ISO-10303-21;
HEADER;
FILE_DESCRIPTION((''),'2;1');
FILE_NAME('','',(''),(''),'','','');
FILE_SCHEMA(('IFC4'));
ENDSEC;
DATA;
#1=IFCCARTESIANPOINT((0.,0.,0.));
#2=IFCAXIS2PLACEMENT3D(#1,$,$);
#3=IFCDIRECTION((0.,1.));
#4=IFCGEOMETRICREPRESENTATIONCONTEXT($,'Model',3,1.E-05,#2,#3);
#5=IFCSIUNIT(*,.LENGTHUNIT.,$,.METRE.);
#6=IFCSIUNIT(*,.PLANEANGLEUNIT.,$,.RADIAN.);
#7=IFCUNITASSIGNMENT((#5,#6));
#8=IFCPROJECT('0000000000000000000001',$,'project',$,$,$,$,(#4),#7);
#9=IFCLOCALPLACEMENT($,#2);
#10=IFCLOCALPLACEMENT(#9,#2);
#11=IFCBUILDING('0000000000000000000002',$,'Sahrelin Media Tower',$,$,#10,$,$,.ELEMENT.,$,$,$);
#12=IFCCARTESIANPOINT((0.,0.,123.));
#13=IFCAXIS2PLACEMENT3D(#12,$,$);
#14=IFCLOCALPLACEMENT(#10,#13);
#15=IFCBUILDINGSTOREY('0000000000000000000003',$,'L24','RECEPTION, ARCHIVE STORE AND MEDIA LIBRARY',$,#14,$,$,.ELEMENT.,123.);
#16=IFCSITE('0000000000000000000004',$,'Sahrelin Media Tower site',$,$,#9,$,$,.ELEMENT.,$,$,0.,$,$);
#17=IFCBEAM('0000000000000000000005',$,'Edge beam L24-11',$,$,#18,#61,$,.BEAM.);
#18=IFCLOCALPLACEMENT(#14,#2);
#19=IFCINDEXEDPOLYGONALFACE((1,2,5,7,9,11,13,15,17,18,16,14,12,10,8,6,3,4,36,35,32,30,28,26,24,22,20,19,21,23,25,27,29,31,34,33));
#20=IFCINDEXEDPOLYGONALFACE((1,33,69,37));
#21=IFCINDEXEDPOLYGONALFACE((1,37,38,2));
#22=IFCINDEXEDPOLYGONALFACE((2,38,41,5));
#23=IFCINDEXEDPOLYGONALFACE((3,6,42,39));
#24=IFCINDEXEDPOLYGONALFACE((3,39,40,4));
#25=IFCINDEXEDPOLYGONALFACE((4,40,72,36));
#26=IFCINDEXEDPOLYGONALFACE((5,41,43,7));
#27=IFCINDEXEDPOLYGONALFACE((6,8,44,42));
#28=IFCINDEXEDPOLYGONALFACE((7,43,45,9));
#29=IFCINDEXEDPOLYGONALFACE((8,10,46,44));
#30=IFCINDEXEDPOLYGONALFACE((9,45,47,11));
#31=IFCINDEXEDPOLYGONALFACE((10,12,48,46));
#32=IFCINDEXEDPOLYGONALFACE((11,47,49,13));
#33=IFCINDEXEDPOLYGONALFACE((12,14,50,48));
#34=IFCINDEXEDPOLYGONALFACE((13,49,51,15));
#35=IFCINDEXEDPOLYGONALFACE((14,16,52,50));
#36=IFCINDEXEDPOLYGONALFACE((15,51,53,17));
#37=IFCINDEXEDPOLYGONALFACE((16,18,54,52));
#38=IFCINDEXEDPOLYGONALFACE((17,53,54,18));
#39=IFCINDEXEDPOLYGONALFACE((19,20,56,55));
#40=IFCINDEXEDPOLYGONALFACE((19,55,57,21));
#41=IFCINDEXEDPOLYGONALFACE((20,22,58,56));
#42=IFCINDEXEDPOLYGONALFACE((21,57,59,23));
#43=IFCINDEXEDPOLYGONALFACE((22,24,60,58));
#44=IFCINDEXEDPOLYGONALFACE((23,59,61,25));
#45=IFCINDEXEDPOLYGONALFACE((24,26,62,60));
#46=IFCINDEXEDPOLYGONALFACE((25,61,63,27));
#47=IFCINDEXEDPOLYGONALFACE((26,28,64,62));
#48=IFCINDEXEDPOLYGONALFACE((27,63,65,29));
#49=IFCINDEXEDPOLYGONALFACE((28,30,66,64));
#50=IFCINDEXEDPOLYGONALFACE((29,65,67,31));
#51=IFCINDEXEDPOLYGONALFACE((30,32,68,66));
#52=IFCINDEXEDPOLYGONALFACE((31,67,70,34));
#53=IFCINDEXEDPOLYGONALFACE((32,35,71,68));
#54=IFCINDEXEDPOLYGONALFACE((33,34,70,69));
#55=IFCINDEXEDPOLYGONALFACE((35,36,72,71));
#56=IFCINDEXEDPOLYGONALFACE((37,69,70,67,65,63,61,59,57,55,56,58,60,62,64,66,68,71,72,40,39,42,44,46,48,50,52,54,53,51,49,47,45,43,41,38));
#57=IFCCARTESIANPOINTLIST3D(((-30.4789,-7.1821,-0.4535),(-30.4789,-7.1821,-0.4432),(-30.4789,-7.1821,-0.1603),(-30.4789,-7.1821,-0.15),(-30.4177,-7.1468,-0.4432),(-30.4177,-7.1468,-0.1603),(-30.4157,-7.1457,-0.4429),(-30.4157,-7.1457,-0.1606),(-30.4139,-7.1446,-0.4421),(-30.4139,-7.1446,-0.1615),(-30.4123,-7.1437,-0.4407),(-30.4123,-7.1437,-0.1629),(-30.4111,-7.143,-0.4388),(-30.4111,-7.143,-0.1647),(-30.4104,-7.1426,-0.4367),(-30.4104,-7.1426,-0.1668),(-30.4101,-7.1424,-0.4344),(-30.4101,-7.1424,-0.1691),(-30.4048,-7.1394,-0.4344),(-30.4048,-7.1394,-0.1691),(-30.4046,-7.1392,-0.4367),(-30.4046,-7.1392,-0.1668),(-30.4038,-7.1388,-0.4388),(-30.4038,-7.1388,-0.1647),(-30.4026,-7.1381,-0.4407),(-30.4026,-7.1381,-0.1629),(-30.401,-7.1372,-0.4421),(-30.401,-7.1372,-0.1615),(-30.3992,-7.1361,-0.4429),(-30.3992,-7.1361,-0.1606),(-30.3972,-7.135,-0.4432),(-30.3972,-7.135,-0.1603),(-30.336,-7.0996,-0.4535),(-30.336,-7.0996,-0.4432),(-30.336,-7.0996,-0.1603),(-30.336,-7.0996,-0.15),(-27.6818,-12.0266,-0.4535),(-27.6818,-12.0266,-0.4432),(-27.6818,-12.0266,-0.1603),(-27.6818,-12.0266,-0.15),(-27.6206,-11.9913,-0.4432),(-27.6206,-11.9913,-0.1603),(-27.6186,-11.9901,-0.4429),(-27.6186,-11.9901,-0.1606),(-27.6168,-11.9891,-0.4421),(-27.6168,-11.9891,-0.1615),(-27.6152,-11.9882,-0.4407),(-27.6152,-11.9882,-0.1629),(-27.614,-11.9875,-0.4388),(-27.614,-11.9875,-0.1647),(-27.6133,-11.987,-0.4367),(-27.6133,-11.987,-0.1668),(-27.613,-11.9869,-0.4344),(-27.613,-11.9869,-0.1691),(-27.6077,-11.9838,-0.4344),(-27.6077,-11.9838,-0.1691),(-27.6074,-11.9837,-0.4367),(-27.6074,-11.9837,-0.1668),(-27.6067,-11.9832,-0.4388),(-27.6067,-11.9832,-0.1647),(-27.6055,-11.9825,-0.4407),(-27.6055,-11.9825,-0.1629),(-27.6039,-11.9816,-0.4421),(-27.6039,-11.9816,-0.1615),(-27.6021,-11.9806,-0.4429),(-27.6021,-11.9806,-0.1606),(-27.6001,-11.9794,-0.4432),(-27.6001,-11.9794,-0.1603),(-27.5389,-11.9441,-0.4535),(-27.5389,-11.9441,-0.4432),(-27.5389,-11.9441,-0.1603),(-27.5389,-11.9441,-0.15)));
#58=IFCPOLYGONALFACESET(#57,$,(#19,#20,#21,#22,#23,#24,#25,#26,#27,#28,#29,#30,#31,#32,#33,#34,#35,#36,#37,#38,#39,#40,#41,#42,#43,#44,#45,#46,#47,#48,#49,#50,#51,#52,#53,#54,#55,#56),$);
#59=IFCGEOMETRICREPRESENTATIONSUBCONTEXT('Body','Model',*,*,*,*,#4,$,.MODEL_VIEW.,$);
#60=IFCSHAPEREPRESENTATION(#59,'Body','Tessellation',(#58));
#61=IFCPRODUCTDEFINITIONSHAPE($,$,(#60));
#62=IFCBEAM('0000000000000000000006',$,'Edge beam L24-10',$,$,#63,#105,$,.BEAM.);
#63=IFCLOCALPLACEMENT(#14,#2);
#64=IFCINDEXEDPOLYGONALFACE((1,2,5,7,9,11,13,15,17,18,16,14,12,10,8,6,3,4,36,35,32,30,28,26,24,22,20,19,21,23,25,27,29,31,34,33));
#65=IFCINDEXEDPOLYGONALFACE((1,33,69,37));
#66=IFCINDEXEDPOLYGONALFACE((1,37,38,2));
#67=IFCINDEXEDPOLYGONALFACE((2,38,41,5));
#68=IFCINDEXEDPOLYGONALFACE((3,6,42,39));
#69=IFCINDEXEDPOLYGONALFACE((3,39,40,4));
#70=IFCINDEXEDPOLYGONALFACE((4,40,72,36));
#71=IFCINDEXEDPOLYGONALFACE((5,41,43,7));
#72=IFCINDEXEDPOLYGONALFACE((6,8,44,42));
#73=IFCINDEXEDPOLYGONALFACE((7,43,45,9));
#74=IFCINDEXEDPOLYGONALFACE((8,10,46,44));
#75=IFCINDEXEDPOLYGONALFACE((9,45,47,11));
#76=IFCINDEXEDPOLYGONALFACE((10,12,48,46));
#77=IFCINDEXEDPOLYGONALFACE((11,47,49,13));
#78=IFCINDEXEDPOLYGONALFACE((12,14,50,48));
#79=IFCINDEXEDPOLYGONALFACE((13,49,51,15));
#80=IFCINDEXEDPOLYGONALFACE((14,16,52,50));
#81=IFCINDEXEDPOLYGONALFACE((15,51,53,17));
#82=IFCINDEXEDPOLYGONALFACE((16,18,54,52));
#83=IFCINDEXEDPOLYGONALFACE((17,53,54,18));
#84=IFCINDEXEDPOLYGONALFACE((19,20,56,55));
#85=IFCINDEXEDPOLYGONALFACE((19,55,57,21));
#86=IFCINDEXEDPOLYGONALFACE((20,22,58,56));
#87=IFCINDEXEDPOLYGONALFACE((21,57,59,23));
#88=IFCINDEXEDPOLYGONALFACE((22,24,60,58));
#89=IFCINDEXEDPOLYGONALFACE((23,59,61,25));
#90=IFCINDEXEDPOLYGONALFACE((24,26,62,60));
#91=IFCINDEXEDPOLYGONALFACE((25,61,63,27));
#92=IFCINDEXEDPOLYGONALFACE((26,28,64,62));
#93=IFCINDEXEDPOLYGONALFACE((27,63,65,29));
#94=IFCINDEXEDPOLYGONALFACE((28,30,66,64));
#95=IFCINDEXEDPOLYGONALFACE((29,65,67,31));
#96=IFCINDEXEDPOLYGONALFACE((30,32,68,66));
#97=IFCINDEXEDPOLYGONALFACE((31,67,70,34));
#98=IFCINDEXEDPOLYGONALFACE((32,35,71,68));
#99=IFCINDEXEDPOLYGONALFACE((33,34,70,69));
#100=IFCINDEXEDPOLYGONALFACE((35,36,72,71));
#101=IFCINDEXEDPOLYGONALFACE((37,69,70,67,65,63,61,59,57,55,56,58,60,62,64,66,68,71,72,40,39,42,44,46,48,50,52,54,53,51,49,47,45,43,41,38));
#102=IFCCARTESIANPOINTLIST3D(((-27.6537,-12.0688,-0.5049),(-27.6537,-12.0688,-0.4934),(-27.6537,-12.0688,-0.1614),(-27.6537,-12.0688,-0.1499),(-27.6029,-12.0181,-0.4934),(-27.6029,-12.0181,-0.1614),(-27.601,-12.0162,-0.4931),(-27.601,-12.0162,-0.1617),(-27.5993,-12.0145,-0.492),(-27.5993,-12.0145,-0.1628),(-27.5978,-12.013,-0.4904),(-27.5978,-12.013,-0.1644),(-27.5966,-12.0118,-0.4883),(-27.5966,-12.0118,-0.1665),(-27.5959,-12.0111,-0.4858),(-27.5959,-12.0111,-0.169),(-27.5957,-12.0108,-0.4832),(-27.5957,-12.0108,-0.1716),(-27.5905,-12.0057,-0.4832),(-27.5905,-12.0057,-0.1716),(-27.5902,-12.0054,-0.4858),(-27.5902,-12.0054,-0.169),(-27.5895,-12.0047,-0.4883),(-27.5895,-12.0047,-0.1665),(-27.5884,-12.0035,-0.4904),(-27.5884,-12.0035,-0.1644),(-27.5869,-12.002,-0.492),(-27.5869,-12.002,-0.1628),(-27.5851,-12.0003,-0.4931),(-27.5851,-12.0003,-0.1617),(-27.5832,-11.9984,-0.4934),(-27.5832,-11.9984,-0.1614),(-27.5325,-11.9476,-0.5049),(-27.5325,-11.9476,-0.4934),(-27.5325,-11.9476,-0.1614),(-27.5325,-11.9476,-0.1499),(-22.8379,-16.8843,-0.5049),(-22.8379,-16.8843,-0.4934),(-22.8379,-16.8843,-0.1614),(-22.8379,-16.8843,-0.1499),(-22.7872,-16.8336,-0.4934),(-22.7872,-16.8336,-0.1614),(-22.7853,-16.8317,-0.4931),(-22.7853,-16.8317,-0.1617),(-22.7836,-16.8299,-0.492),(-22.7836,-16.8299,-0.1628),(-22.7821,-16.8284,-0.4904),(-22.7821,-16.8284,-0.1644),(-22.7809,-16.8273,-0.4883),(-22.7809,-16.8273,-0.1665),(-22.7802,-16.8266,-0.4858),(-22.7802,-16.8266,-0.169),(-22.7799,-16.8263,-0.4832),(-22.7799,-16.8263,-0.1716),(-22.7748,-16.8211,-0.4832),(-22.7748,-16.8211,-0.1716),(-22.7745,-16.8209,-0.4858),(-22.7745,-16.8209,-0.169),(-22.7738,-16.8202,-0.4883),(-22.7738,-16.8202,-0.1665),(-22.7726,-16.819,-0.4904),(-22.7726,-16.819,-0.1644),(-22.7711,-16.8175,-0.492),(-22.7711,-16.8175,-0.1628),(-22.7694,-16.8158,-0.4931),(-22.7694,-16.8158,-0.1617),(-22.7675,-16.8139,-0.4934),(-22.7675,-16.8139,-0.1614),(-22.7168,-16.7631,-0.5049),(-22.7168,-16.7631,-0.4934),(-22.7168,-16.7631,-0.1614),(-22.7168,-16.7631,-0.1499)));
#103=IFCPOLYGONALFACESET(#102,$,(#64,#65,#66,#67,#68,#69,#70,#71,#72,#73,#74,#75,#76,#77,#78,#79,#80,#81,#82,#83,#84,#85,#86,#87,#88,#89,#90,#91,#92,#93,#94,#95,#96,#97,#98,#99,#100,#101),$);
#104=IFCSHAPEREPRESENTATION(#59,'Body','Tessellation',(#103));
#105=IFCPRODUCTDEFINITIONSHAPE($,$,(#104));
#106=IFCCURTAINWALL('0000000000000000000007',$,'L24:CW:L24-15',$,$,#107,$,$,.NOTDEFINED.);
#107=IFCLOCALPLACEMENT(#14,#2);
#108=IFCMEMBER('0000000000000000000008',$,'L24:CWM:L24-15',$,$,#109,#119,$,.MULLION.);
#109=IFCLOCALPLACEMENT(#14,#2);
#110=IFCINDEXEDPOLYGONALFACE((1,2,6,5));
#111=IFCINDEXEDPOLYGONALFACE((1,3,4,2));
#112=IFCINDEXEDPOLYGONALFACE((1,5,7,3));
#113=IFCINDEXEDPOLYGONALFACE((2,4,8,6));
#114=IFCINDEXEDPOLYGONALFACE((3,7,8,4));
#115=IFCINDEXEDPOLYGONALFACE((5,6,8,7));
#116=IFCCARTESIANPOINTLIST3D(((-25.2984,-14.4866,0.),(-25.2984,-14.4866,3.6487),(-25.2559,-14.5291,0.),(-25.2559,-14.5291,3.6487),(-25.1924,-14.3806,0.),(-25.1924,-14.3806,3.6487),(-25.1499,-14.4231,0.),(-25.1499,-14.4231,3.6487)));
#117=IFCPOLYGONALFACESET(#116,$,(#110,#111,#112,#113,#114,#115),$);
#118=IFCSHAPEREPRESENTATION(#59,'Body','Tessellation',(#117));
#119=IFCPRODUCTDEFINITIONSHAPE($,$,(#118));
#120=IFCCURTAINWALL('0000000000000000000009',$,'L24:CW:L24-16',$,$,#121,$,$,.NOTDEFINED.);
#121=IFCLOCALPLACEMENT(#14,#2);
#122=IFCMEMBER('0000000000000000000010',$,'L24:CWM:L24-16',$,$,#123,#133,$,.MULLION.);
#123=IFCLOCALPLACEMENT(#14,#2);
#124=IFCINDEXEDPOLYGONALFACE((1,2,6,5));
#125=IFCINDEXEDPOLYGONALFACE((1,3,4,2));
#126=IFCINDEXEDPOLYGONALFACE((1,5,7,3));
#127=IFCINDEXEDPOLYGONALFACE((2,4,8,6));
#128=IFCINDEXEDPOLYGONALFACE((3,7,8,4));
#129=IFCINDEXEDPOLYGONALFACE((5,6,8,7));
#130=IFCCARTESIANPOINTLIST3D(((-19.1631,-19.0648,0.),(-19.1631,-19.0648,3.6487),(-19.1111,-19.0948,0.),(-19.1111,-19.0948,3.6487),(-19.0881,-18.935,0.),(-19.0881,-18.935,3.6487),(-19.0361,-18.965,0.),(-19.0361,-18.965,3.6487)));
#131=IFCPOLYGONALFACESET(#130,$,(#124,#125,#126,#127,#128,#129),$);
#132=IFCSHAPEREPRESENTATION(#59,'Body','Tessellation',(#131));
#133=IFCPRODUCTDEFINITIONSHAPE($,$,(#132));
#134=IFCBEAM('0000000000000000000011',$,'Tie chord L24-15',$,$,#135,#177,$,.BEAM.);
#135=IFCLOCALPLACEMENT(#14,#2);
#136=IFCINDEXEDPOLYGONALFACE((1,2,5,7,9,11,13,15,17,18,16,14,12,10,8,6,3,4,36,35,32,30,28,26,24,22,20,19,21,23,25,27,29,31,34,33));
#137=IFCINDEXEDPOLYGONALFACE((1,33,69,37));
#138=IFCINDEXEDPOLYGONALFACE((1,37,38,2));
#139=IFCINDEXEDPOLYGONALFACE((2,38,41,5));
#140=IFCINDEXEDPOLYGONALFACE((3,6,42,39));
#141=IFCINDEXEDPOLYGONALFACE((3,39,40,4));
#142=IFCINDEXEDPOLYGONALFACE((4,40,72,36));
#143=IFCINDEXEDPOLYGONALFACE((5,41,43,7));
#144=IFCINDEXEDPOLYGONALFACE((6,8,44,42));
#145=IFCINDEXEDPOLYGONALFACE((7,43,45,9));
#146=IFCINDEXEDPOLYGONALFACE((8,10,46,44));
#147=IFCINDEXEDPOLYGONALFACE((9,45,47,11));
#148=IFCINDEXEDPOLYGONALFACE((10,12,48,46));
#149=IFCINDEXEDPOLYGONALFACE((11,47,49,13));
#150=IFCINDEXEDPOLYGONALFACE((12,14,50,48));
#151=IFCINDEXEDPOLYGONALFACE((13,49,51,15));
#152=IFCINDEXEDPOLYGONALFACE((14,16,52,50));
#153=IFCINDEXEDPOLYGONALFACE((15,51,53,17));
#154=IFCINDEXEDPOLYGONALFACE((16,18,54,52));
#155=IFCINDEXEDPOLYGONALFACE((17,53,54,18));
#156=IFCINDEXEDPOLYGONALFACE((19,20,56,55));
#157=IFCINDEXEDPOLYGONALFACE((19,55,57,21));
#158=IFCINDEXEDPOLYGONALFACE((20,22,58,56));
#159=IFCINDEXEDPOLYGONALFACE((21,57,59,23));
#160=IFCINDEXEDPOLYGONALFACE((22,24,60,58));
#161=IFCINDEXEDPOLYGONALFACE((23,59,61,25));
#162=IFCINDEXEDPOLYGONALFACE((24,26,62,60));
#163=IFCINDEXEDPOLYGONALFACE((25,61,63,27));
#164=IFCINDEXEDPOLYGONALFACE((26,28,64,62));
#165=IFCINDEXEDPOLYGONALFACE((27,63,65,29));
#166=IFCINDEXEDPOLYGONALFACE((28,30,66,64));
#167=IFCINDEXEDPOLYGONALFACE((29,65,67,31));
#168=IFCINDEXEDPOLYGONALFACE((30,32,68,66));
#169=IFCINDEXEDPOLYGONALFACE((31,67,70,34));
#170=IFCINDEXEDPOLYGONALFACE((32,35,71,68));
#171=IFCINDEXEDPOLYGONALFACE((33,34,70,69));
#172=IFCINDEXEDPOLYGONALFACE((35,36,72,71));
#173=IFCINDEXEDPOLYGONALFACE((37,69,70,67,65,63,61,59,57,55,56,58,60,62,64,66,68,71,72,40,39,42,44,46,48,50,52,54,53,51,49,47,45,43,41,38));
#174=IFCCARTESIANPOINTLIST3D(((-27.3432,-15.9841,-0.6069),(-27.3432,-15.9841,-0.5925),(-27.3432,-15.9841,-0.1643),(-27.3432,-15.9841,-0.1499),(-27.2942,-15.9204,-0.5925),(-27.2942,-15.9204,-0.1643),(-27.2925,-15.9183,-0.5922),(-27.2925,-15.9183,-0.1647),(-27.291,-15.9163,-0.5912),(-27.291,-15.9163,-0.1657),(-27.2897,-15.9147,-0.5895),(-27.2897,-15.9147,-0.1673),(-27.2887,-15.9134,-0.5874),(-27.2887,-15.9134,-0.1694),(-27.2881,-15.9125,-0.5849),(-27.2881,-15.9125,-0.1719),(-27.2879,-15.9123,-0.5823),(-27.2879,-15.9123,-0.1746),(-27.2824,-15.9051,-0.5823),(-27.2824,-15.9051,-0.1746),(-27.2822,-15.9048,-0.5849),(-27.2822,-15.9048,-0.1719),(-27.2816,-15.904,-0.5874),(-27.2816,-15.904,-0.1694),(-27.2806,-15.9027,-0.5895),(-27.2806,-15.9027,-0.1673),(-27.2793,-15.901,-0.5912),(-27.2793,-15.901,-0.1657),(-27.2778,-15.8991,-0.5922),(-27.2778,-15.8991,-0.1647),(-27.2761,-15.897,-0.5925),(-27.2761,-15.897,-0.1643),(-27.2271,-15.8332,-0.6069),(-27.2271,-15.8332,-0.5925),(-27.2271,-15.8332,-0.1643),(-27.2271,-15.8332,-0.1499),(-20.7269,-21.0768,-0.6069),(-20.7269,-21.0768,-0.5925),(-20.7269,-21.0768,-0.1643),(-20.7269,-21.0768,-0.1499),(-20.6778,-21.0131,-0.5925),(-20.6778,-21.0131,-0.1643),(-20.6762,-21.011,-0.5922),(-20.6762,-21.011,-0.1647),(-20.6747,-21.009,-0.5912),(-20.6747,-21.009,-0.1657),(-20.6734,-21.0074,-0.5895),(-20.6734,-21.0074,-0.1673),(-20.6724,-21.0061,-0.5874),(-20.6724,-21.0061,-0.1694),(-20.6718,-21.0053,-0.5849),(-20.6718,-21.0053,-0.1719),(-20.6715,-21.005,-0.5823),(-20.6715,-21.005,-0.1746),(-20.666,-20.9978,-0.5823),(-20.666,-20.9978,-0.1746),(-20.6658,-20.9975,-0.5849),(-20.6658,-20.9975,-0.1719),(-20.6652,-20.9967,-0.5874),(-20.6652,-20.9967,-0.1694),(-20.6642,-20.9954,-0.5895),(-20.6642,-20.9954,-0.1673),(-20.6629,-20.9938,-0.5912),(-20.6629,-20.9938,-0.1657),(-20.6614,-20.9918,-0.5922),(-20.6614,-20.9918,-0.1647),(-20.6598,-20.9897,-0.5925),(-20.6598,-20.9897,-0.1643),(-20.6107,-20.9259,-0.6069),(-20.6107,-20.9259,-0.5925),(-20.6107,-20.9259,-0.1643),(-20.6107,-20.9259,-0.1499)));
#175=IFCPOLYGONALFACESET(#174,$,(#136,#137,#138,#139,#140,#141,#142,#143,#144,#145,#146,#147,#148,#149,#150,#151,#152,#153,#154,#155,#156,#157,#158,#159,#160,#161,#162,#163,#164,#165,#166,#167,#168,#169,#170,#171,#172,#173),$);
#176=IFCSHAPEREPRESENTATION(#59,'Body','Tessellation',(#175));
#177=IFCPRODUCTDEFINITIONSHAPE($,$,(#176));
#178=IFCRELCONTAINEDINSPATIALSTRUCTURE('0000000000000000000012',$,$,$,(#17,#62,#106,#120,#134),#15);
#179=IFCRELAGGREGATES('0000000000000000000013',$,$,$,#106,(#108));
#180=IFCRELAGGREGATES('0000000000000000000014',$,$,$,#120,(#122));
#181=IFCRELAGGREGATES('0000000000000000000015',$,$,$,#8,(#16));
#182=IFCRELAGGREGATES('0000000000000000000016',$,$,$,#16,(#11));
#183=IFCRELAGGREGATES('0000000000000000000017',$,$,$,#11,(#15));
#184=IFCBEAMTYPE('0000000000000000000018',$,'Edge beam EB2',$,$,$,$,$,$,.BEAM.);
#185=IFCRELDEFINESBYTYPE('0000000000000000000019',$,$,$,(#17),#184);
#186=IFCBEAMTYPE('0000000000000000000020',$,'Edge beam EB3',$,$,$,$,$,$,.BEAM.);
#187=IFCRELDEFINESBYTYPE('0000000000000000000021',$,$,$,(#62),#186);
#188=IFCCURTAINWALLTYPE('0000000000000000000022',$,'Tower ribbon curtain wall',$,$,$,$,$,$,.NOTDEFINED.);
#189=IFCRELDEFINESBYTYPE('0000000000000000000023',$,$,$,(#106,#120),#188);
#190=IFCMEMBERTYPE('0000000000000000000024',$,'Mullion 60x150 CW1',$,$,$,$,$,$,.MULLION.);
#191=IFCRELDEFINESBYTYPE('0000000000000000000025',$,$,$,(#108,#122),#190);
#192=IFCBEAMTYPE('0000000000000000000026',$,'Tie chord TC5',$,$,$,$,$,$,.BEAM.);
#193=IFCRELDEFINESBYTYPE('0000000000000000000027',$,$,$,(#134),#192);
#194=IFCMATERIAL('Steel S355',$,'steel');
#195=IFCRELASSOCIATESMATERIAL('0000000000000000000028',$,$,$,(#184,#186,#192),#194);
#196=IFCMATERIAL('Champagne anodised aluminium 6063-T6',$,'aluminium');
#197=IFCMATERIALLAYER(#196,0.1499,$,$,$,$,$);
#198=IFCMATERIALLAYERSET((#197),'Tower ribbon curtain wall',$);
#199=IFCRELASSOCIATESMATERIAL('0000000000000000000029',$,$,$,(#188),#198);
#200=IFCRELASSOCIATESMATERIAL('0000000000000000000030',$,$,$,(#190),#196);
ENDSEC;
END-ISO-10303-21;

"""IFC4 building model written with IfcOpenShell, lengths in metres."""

from ifc_helpers import new_model, si_unit, direction, frame, origin, origin_2d, place, context, subcontext, project, spatial, rectangle, i_section, extrude, material, layer, layer_set, material_profile, profile_set, type_object, element, aggregate, save


model = new_model("IFC4")

# Units and contexts
model_context = context("Model", 3, precision=1e-05, world=origin(), true_north=direction((0.0, 1.0)))
body_context = subcontext(model_context, "Body", "Model", "MODEL_VIEW")
ifc_project = project(units=[si_unit("LENGTHUNIT", "METRE"), si_unit("PLANEANGLEUNIT", "RADIAN")], contexts=[model_context])

# Site, building, storey
site_placement = place(None, origin())
site = spatial("IfcSite", under=ifc_project, at=site_placement, Name="Sahrelin Media Tower site", CompositionType="ELEMENT", RefElevation=0.0)
building_placement = place(site_placement, origin())
building = spatial("IfcBuilding", under=site, at=building_placement, Name="Sahrelin Media Tower", CompositionType="ELEMENT")
storey_placement = place(building_placement, frame((0.0, 0.0, 123.0)))
storey = spatial("IfcBuildingStorey", under=building, at=storey_placement, Name="L24", Description="RECEPTION, ARCHIVE STORE AND MEDIA LIBRARY", CompositionType="ELEMENT", Elevation=123.0)

# Beams
ifc_material_1 = material(Name="Steel S355", Category="steel")
ifc_material_profile_1 = material_profile(ifc_material_1, i_section(OverallWidth=0.165, OverallDepth=0.3035, WebThickness=0.0061, FlangeThickness=0.0103, FilletRadius=0.0088, at=origin_2d()), Name="UB 305x165x40")
ifc_profile_set_1 = profile_set([ifc_material_profile_1], Name="Steel S355")
beam_type_1 = type_object("IfcBeamType", Name="Edge beam EB2", PredefinedType="BEAM", material=ifc_profile_set_1)
beam_1_placement = place(storey_placement, frame((-27.6104, -11.9854, -0.3018), z_axis=(-0.500021, 0.866013, 0.0), x_axis=(-0.866013, -0.500021, 0.0)))
element("IfcBeam", 1, at=beam_1_placement, inside=storey, type_object=beam_type_1, Name="Edge beam L24-11", PredefinedType="BEAM", context=body_context, shape_type="SweptSolid", body=[
    extrude(i_section(OverallWidth=0.165, OverallDepth=0.3035, WebThickness=0.0061, FlangeThickness=0.0103, FilletRadius=0.0088, at=origin_2d()), origin(), (0.0, 0.0, 1.0), 5.594),
])
ifc_material_profile_2 = material_profile(ifc_material_1, i_section(OverallWidth=0.1714, OverallDepth=0.355, WebThickness=0.0073, FlangeThickness=0.0115, FilletRadius=0.0103, at=origin_2d()), Name="UB 356x171x51")
ifc_profile_set_2 = profile_set([ifc_material_profile_2], Name="Steel S355")
beam_type_2 = type_object("IfcBeamType", Name="Edge beam EB3", PredefinedType="BEAM", material=ifc_profile_set_2)
beam_2_placement = place(storey_placement, frame((-22.7773, -16.8237, -0.3274), z_axis=(-0.707125, 0.707089, 0.0), x_axis=(-0.707089, -0.707125, 0.0)))
element("IfcBeam", 2, at=beam_2_placement, inside=storey, type_object=beam_type_2, Name="Edge beam L24-10", PredefinedType="BEAM", context=body_context, shape_type="SweptSolid", body=[
    extrude(i_section(OverallWidth=0.1714, OverallDepth=0.355, WebThickness=0.0073, FlangeThickness=0.0115, FilletRadius=0.0103, at=origin_2d()), origin(), (0.0, 0.0, 1.0), 6.8103),
])

# Curtain walls, members
ifc_material_2 = material(Name="Champagne anodised aluminium 6063-T6", Category="aluminium")
ifc_layer_1 = layer(ifc_material_2, 0.1499)
ifc_layer_set_1 = layer_set([ifc_layer_1], Name="Tower ribbon curtain wall")
curtain_wall_type = type_object("IfcCurtainWallType", Name="Tower ribbon curtain wall", PredefinedType="NOTDEFINED", material=ifc_layer_set_1)
curtain_wall_1_placement = place(storey_placement, frame((-25.2913, -14.522, 0.0), z_axis=(0.0, 0.0, 1.0), x_axis=(1.0, 0.0, 0.0)))
curtain_wall_1 = element("IfcCurtainWall", 3, at=curtain_wall_1_placement, inside=storey, type_object=curtain_wall_type, Name="L24:CW:L24-15", PredefinedType="NOTDEFINED")
ifc_material_profile_3 = material_profile(ifc_material_2, rectangle(XDim=0.0601, YDim=0.1499, at=origin_2d()), Name="Mullion 60x150")
ifc_profile_set_3 = profile_set([ifc_material_profile_3], Name="Champagne anodised aluminium 6063-T6")
member_type_1 = type_object("IfcMemberType", Name="Mullion 60x150 CW1", PredefinedType="MULLION", material=ifc_profile_set_3)
member_1_placement = place(storey_placement, frame((-25.2241, -14.4548, 0.0), z_axis=(0.0, 0.0, 1.0), x_axis=(0.707107, -0.707107, 0.0)))
member_1 = element("IfcMember", 4, at=member_1_placement, type_object=member_type_1, Name="L24:CWM:L24-15", PredefinedType="MULLION", context=body_context, shape_type="SweptSolid", body=[
    extrude(rectangle(XDim=0.0601, YDim=0.1499, at=origin_2d()), origin(), (0.0, 0.0, 1.0), 3.6487),
])
curtain_wall_2_placement = place(storey_placement, frame((-19.1472, -19.0972, 0.0), z_axis=(0.0, 0.0, 1.0), x_axis=(1.0, 0.0, 0.0)))
curtain_wall_2 = element("IfcCurtainWall", 5, at=curtain_wall_2_placement, inside=storey, type_object=curtain_wall_type, Name="L24:CW:L24-16", PredefinedType="NOTDEFINED")
member_2_placement = place(storey_placement, frame((-19.0996, -19.0149, 0.0), z_axis=(0.0, 0.0, 1.0), x_axis=(0.866023, -0.500005, 0.0)))
member_2 = element("IfcMember", 6, at=member_2_placement, type_object=member_type_1, Name="L24:CWM:L24-16", PredefinedType="MULLION", context=body_context, shape_type="SweptSolid", body=[
    extrude(rectangle(XDim=0.0601, YDim=0.1499, at=origin_2d()), origin(), (0.0, 0.0, 1.0), 3.6487),
])

# Beam
ifc_material_profile_4 = material_profile(ifc_material_1, i_section(OverallWidth=0.1904, OverallDepth=0.457, WebThickness=0.009, FlangeThickness=0.0144, FilletRadius=0.0103, at=origin_2d()), Name="UB 457x191x74")
ifc_profile_set_4 = profile_set([ifc_material_profile_4], Name="Steel S355")
beam_type_3 = type_object("IfcBeamType", Name="Tie chord TC5", PredefinedType="BEAM", material=ifc_profile_set_4)
beam_3_placement = place(storey_placement, frame((-27.2852, -15.9087, -0.3784), z_axis=(0.792439, -0.609951, 0.0), x_axis=(0.609951, 0.792439, 0.0)))
element("IfcBeam", 7, at=beam_3_placement, inside=storey, type_object=beam_type_3, Name="Tie chord L24-15", PredefinedType="BEAM", context=body_context, shape_type="SweptSolid", body=[
    extrude(i_section(OverallWidth=0.1904, OverallDepth=0.457, WebThickness=0.009, FlangeThickness=0.0144, FilletRadius=0.0103, at=origin_2d()), origin(), (0.0, 0.0, 1.0), 8.3494),
])

aggregate(curtain_wall_1, [member_1])
aggregate(curtain_wall_2, [member_2])

save(model, "model.ifc")
